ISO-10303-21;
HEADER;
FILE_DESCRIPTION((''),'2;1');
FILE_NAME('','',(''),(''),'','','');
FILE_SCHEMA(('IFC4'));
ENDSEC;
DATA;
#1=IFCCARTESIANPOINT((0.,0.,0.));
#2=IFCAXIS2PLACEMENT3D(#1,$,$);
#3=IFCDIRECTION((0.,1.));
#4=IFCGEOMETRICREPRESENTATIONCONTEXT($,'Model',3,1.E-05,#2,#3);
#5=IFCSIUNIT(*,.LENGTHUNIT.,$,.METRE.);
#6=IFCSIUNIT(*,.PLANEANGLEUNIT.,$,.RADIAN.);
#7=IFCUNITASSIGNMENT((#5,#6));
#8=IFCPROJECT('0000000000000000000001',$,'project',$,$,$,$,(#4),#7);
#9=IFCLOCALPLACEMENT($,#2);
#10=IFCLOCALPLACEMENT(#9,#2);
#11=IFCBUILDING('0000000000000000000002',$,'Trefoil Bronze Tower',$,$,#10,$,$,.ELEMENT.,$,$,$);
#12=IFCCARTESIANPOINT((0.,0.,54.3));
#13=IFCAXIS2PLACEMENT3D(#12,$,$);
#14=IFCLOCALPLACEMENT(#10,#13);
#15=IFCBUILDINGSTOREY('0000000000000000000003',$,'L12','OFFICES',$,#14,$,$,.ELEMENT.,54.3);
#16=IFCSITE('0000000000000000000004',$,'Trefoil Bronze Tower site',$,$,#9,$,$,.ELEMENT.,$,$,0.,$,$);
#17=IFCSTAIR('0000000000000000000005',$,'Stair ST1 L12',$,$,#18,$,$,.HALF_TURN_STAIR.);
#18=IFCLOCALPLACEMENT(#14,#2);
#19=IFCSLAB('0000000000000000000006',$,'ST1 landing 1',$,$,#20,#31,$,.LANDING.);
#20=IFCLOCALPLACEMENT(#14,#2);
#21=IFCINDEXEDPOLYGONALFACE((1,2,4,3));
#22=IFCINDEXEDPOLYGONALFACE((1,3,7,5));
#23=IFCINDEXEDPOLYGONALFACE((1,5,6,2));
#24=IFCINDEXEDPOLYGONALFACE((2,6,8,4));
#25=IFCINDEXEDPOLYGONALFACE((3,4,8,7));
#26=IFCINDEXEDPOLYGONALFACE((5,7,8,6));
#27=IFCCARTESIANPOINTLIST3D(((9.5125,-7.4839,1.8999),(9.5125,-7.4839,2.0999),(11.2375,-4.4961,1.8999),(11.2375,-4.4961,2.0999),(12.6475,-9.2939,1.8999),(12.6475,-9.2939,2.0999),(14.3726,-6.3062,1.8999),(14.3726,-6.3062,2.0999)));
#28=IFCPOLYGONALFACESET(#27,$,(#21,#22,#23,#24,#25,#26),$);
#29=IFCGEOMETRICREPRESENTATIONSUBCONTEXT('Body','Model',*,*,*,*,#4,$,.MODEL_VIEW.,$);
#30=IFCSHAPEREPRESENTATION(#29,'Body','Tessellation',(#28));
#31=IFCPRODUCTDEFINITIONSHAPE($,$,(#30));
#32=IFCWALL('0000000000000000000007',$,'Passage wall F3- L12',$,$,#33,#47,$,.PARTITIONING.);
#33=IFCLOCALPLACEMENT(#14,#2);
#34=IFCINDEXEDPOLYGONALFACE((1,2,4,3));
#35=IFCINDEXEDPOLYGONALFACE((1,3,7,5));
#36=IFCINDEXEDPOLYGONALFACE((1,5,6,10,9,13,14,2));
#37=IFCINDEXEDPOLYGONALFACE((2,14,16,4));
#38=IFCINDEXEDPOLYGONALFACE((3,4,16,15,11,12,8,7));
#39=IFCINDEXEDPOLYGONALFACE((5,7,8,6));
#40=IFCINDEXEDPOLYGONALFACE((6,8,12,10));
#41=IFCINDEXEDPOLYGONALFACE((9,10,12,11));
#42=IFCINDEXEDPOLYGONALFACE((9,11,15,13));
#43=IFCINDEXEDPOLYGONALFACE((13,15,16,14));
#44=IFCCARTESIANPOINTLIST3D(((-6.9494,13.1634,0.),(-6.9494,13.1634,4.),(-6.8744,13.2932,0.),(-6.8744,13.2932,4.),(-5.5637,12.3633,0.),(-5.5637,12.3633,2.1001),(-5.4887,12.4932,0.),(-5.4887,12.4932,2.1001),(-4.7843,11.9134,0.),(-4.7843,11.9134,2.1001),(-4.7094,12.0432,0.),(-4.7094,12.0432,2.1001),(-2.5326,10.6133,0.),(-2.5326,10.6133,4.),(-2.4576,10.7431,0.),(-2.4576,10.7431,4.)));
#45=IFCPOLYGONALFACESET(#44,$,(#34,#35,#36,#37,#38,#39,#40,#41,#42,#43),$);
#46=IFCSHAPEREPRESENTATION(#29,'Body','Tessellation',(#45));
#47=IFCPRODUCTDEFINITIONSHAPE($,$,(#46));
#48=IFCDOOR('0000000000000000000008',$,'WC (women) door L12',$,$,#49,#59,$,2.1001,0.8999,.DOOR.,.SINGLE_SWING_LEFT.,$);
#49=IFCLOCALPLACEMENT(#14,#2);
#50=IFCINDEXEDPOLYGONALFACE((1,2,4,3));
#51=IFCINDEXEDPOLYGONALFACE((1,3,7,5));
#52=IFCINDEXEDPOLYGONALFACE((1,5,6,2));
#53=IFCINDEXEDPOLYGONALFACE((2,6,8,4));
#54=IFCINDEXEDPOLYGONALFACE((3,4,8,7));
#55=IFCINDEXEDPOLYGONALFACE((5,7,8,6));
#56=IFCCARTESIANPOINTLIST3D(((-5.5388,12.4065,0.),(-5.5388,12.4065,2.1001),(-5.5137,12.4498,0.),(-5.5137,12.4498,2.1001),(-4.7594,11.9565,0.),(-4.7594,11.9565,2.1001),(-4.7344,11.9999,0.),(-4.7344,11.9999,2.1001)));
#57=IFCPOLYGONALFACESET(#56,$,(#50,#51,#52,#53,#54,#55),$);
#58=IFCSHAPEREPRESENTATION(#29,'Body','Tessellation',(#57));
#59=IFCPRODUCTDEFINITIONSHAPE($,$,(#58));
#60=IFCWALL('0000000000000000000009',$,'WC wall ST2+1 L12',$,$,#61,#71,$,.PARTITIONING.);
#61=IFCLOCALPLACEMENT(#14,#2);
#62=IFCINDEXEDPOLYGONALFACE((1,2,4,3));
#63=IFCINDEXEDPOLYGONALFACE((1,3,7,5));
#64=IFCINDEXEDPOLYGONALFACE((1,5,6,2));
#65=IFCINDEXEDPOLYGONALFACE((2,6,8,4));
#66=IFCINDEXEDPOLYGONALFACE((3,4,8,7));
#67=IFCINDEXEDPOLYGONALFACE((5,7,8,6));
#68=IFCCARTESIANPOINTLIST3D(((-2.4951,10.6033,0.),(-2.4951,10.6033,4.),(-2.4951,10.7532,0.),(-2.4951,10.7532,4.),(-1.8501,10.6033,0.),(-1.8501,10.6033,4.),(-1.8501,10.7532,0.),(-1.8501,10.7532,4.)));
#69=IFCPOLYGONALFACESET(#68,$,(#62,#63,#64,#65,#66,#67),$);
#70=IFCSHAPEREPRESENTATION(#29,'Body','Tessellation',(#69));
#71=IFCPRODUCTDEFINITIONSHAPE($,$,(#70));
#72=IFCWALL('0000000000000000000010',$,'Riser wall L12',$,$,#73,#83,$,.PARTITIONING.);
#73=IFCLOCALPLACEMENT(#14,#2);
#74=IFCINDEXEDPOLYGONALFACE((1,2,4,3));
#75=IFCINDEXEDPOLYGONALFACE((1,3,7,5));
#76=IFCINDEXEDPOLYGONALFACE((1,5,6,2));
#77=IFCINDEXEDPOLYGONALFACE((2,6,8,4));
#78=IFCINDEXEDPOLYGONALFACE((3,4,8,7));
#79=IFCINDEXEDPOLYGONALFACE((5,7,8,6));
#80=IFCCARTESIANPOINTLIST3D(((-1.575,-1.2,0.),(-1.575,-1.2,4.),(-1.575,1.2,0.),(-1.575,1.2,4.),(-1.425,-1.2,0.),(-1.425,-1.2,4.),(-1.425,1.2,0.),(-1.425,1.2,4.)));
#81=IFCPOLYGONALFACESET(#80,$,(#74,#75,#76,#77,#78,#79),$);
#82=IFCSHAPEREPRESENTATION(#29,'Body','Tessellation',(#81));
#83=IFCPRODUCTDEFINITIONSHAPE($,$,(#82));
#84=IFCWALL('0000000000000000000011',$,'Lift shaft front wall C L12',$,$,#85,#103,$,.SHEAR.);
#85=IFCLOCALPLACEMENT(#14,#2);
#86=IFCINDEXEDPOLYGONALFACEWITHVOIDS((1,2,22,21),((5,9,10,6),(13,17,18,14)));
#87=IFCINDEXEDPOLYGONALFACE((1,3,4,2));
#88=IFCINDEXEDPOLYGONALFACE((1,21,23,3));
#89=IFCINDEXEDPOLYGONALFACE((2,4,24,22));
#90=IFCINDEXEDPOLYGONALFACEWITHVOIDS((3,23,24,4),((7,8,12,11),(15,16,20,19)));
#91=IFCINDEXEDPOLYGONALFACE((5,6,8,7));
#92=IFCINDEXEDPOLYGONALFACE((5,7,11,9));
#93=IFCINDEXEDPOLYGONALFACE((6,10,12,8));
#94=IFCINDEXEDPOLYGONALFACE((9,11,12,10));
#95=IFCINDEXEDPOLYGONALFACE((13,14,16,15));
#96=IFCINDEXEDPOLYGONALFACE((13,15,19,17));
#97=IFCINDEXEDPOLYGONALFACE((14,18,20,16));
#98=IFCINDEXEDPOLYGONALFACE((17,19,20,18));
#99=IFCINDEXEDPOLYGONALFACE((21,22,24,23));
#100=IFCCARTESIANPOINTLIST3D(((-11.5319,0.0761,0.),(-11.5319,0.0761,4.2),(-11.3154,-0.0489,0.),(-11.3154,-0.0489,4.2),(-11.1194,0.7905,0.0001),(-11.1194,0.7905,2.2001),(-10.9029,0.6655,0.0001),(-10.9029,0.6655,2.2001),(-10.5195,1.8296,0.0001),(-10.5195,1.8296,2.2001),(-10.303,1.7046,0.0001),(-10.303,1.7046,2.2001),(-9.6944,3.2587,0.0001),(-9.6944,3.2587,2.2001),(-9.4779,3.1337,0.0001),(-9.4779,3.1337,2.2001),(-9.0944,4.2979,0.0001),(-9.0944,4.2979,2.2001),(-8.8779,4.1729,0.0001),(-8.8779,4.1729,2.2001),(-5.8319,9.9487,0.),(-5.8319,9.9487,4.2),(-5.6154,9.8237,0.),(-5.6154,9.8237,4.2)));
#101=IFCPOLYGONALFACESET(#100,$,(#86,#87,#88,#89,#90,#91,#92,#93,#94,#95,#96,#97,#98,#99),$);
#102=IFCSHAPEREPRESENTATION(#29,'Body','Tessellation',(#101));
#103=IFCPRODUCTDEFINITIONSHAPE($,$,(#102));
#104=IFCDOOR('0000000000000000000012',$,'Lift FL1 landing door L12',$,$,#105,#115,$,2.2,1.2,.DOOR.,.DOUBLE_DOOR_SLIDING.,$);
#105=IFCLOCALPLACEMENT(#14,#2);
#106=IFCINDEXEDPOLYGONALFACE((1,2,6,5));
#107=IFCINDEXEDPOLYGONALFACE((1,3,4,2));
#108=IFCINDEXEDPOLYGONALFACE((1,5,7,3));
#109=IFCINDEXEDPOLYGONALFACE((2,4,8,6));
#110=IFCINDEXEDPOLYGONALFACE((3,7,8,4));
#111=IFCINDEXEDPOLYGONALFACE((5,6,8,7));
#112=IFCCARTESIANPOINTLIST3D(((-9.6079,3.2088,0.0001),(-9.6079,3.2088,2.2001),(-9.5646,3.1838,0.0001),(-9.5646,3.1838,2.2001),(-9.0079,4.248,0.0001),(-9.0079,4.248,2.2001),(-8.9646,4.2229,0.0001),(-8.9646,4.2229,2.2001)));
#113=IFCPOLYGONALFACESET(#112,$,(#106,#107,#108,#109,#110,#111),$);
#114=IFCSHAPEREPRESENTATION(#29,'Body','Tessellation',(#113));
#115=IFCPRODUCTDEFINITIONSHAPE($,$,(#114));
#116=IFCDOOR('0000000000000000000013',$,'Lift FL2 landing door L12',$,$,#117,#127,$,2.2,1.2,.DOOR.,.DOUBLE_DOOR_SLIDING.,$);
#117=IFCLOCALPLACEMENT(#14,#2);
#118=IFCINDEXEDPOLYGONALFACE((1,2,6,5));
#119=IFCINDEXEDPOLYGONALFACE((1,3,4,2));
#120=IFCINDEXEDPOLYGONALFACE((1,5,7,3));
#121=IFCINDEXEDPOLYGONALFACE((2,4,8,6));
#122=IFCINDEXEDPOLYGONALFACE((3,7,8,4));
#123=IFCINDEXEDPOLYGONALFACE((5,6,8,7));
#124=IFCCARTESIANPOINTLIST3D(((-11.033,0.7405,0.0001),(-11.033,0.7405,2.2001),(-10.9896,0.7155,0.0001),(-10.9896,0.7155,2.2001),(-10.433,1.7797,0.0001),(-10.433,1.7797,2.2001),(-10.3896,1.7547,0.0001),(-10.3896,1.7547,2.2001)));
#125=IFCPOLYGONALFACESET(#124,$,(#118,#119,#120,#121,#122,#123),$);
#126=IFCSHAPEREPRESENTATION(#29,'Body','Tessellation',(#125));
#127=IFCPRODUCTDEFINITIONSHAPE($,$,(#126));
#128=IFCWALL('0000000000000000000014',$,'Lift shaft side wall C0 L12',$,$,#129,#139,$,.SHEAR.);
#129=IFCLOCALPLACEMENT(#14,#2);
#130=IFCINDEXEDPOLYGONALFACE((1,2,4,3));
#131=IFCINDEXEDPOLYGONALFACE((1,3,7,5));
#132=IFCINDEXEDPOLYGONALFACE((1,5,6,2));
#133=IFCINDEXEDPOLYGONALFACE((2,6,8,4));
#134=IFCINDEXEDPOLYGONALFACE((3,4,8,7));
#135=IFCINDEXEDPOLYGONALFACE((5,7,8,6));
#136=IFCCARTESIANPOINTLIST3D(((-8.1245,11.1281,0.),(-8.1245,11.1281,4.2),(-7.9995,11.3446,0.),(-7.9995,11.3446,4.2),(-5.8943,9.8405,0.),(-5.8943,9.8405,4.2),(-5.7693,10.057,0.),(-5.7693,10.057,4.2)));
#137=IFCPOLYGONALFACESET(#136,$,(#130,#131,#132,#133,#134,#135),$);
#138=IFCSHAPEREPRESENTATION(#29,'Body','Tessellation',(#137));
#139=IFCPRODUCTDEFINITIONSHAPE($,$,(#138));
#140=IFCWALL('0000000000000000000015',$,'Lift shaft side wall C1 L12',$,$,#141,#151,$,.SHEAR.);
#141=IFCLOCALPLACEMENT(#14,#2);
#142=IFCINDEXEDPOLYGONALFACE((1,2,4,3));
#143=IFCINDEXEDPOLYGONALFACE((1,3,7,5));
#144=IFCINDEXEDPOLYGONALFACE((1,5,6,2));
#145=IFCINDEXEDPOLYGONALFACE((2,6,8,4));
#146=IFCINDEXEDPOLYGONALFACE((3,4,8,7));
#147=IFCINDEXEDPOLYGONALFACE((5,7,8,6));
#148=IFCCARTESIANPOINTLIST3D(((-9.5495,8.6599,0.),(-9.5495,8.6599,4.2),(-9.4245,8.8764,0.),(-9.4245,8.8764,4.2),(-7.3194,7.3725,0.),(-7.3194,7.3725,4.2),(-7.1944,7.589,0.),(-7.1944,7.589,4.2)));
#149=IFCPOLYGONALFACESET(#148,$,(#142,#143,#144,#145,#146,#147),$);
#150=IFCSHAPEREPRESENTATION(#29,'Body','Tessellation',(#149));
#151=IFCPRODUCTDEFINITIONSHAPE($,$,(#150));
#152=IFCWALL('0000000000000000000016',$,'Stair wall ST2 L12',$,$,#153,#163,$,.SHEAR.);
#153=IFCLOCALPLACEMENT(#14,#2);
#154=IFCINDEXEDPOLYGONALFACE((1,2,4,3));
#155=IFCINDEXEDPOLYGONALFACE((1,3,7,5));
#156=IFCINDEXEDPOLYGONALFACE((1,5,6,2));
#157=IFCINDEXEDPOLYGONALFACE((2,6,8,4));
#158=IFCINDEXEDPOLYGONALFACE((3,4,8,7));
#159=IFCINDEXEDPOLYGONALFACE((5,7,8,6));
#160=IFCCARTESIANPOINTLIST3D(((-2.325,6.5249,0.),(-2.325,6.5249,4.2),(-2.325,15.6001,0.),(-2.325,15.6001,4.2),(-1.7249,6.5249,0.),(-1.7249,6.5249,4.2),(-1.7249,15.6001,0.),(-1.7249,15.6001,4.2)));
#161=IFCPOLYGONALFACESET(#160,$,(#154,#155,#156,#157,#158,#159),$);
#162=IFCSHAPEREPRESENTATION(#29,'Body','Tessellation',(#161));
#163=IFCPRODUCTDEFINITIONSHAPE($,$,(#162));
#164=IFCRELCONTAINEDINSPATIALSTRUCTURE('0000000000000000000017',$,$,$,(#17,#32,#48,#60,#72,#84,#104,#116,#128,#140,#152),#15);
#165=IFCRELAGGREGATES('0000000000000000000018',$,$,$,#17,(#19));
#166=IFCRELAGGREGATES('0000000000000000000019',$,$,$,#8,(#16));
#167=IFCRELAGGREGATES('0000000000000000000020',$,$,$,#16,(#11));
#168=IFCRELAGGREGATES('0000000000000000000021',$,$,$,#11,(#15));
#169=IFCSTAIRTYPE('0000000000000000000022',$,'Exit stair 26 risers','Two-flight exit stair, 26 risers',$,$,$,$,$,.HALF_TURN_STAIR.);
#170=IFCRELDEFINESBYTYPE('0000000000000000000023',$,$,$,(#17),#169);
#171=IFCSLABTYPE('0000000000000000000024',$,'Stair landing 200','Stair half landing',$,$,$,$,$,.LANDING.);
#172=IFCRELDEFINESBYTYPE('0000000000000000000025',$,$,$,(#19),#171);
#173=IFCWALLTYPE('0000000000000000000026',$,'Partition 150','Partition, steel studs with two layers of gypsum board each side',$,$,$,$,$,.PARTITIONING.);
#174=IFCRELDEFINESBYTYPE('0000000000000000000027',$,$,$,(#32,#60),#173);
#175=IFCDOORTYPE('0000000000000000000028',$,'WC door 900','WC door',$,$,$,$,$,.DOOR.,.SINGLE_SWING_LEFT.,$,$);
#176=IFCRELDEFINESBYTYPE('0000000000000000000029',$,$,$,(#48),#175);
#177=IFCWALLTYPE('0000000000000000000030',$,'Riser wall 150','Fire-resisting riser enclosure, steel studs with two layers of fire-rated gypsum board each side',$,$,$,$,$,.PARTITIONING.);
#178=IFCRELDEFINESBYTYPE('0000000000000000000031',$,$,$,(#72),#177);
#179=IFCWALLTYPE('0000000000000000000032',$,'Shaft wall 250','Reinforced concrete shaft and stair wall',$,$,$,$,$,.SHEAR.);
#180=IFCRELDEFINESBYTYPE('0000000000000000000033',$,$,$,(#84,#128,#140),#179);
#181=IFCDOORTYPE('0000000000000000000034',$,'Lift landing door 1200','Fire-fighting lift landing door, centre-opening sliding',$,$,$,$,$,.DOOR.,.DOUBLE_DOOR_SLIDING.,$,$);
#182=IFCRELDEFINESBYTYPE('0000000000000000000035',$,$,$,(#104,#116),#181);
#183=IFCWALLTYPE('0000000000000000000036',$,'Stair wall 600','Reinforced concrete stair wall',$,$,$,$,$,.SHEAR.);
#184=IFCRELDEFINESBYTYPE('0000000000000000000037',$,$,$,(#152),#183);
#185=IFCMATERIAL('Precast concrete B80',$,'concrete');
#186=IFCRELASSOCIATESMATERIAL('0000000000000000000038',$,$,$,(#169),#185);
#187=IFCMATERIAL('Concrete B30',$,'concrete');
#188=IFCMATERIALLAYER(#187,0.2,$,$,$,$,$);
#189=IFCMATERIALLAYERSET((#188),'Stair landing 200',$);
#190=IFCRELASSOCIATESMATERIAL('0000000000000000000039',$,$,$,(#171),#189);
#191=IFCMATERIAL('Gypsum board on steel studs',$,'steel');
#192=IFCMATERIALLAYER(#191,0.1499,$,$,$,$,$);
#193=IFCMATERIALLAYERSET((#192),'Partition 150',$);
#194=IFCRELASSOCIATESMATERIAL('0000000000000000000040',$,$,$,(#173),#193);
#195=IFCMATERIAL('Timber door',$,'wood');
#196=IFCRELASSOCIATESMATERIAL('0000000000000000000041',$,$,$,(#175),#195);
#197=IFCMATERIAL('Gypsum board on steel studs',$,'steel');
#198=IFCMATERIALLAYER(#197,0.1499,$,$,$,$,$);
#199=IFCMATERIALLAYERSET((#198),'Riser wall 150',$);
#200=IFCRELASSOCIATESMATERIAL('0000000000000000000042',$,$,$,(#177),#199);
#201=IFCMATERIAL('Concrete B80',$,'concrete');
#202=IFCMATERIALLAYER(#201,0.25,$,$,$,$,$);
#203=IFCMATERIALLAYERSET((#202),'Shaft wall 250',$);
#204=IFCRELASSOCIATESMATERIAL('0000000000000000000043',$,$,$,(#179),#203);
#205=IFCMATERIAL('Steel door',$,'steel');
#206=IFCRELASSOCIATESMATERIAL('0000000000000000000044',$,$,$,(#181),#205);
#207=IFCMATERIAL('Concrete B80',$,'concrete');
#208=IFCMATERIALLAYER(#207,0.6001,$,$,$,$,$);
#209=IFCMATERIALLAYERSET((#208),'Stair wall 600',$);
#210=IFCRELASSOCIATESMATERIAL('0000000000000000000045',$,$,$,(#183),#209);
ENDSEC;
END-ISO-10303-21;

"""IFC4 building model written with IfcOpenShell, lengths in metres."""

from ifc_helpers import new_model, si_unit, direction, frame, frame_2d, origin, place, context, subcontext, project, spatial, polyline, rectangle, outline, extrude, material, layer, layer_set, type_object, element, fill, aggregate, save


model = new_model("IFC4")

# Units and contexts
model_context = context("Model", 3, precision=1e-05, world=origin(), true_north=direction((0.0, 1.0)))
body_context = subcontext(model_context, "Body", "Model", "MODEL_VIEW")
ifc_project = project(units=[si_unit("LENGTHUNIT", "METRE"), si_unit("PLANEANGLEUNIT", "RADIAN")], contexts=[model_context])

# Site, building, storey
site_placement = place(None, origin())
site = spatial("IfcSite", under=ifc_project, at=site_placement, Name="Trefoil Bronze Tower site", CompositionType="ELEMENT", RefElevation=0.0)
building_placement = place(site_placement, origin())
building = spatial("IfcBuilding", under=site, at=building_placement, Name="Trefoil Bronze Tower", CompositionType="ELEMENT")
storey_placement = place(building_placement, frame((0.0, 0.0, 54.3)))
storey = spatial("IfcBuildingStorey", under=building, at=storey_placement, Name="L12", Description="OFFICES", CompositionType="ELEMENT", Elevation=54.3)

# Stair, slab
ifc_material_1 = material(Name="Precast concrete B80", Category="concrete")
stair_type = type_object("IfcStairType", Name="Exit stair 26 risers", Description="Two-flight exit stair, 26 risers", PredefinedType="HALF_TURN_STAIR", material=ifc_material_1)
stair_1_placement = place(storey_placement, origin())
stair_1 = element("IfcStair", 1, at=stair_1_placement, inside=storey, type_object=stair_type, Name="Stair ST1 L12", PredefinedType="HALF_TURN_STAIR")
ifc_material_2 = material(Name="Concrete B30", Category="concrete")
ifc_layer_1 = layer(ifc_material_2, 0.2)
ifc_layer_set_1 = layer_set([ifc_layer_1], Name="Stair landing 200")
slab_type = type_object("IfcSlabType", Name="Stair landing 200", Description="Stair half landing", PredefinedType="LANDING", material=ifc_layer_set_1)
slab_placement = place(storey_placement, frame((0.0, 0.0, 1.8999)))
slab = element("IfcSlab", 2, at=slab_placement, type_object=slab_type, Name="ST1 landing 1", PredefinedType="LANDING", context=body_context, shape_type="SweptSolid", body=[
    extrude(outline(polyline([(9.5125, -7.4839), (12.6475, -9.2939), (14.3726, -6.3062), (11.2375, -4.4961), (9.5125, -7.4839)])), origin(), (0.0, 0.0, 1.0), 0.2),
])
aggregate(stair_1, [slab])

# Wall, opening, door
ifc_material_3 = material(Name="Gypsum board on steel studs", Category="steel")
ifc_layer_2 = layer(ifc_material_3, 0.1499)
ifc_layer_set_2 = layer_set([ifc_layer_2], Name="Partition 150")
wall_type_1 = type_object("IfcWallType", Name="Partition 150", Description="Partition, steel studs with two layers of gypsum board each side", PredefinedType="PARTITIONING", material=ifc_layer_set_2)
wall_1_placement = place(storey_placement, frame((-2.4951, 10.6782, 0.0), z_axis=(0.0, 0.0, 1.0), x_axis=(-0.866022, 0.500006, 0.0)))
wall_1 = element("IfcWall", 3, at=wall_1_placement, inside=storey, type_object=wall_type_1, Name="Passage wall F3- L12", PredefinedType="PARTITIONING", context=body_context, shape_type="SweptSolid", body=[
    extrude(rectangle(XDim=5.1001, YDim=0.1499, at=frame_2d((2.55, 0.0))), origin(), (0.0, 0.0, 1.0), 4.0),
])
opening_1_placement = place(wall_1_placement, frame((2.6001, 0.0, 0.0)))
opening_1 = element("IfcOpeningElement", 4, at=opening_1_placement, cuts=wall_1, PredefinedType="OPENING", context=body_context, shape_type="SweptSolid", body=[
    extrude(rectangle(XDim=0.8999, YDim=2.1001, at=frame_2d((0.45, 1.05))), frame((0.0, 0.085, 0.0), z_axis=(0.0, -1.0, 0.0), x_axis=(1.0, 0.0, 0.0)), (0.0, 0.0, 1.0), 0.1699),
])
ifc_material_4 = material(Name="Timber door", Category="wood")
door_type_1 = type_object("IfcDoorType", Name="WC door 900", Description="WC door", OperationType="SINGLE_SWING_LEFT", PredefinedType="DOOR", material=ifc_material_4)
door_1_placement = place(opening_1_placement, frame((0.8999, 0.0, 0.0), z_axis=(0.0, 0.0, 1.0), x_axis=(-1.0, 0.0, 0.0)))
door_1 = element("IfcDoor", 5, at=door_1_placement, inside=storey, type_object=door_type_1, Name="WC (women) door L12", OperationType="SINGLE_SWING_LEFT", OverallHeight=2.1001, OverallWidth=0.8999, PredefinedType="DOOR", context=body_context, shape_type="SweptSolid", body=[
    extrude(rectangle(XDim=0.8999, YDim=2.1001, at=frame_2d((0.45, 1.05))), frame((0.0, 0.0249, 0.0), z_axis=(0.0, -1.0, 0.0), x_axis=(1.0, 0.0, 0.0)), (0.0, 0.0, 1.0), 0.05),
])
fill(opening_1, door_1)

# Walls
wall_2_placement = place(storey_placement, frame((-2.4951, 10.6782, 0.0), z_axis=(0.0, 0.0, 1.0), x_axis=(1.0, 0.0, 0.0)))
element("IfcWall", 6, at=wall_2_placement, inside=storey, type_object=wall_type_1, Name="WC wall ST2+1 L12", PredefinedType="PARTITIONING", context=body_context, shape_type="SweptSolid", body=[
    extrude(rectangle(XDim=0.645, YDim=0.1499, at=frame_2d((0.3225, 0.0))), origin(), (0.0, 0.0, 1.0), 4.0),
])
ifc_material_5 = material(Name="Gypsum board on steel studs", Category="steel")
ifc_layer_3 = layer(ifc_material_5, 0.1499)
ifc_layer_set_3 = layer_set([ifc_layer_3], Name="Riser wall 150")
wall_type_2 = type_object("IfcWallType", Name="Riser wall 150", Description="Fire-resisting riser enclosure, steel studs with two layers of fire-rated gypsum board each side", PredefinedType="PARTITIONING", material=ifc_layer_set_3)
wall_3_placement = place(storey_placement, frame((-1.5, 1.2, 0.0), z_axis=(0.0, 0.0, 1.0), x_axis=(0.0, -1.0, 0.0)))
element("IfcWall", 7, at=wall_3_placement, inside=storey, type_object=wall_type_2, Name="Riser wall L12", PredefinedType="PARTITIONING", context=body_context, shape_type="SweptSolid", body=[
    extrude(rectangle(XDim=2.3999, YDim=0.1499, at=frame_2d((1.2, 0.0))), origin(), (0.0, 0.0, 1.0), 4.0),
])

# Wall, openings, doors
ifc_material_6 = material(Name="Concrete B80", Category="concrete")
ifc_layer_4 = layer(ifc_material_6, 0.25)
ifc_layer_set_4 = layer_set([ifc_layer_4], Name="Shaft wall 250")
wall_type_3 = type_object("IfcWallType", Name="Shaft wall 250", Description="Reinforced concrete shaft and stair wall", PredefinedType="SHEAR", material=ifc_layer_set_4)
wall_4_placement = place(storey_placement, frame((-5.7236, 9.8862, 0.0), z_axis=(0.0, 0.0, 1.0), x_axis=(-0.500002, -0.866024, 0.0)))
wall_4 = element("IfcWall", 8, at=wall_4_placement, inside=storey, type_object=wall_type_3, Name="Lift shaft front wall C L12", PredefinedType="SHEAR", context=body_context, shape_type="SweptSolid", body=[
    extrude(rectangle(XDim=11.3999, YDim=0.25, at=frame_2d((5.7, 0.0))), origin(), (0.0, 0.0, 1.0), 4.2),
])
opening_2_placement = place(wall_4_placement, frame((6.5249, 0.0, 0.0)))
opening_2 = element("IfcOpeningElement", 9, at=opening_2_placement, cuts=wall_4, PredefinedType="OPENING", context=body_context, shape_type="SweptSolid", body=[
    extrude(rectangle(XDim=1.2, YDim=2.2, at=frame_2d((0.6001, 1.1001))), frame((0.0, 0.135, 0.0), z_axis=(0.0, -1.0, 0.0), x_axis=(1.0, 0.0, 0.0)), (0.0, 0.0, 1.0), 0.27),
])
opening_3_placement = place(wall_4_placement, frame((9.375, 0.0, 0.0)))
opening_3 = element("IfcOpeningElement", 10, at=opening_3_placement, cuts=wall_4, PredefinedType="OPENING", context=body_context, shape_type="SweptSolid", body=[
    extrude(rectangle(XDim=1.2, YDim=2.2, at=frame_2d((0.6001, 1.1001))), frame((0.0, 0.135, 0.0), z_axis=(0.0, -1.0, 0.0), x_axis=(1.0, 0.0, 0.0)), (0.0, 0.0, 1.0), 0.27),
])
ifc_material_7 = material(Name="Steel door", Category="steel")
door_type_2 = type_object("IfcDoorType", Name="Lift landing door 1200", Description="Fire-fighting lift landing door, centre-opening sliding", OperationType="DOUBLE_DOOR_SLIDING", PredefinedType="DOOR", material=ifc_material_7)
door_2_placement = place(opening_2_placement, origin())
door_2 = element("IfcDoor", 11, at=door_2_placement, inside=storey, type_object=door_type_2, Name="Lift FL1 landing door L12", OperationType="DOUBLE_DOOR_SLIDING", OverallHeight=2.2, OverallWidth=1.2, PredefinedType="DOOR", context=body_context, shape_type="SweptSolid", body=[
    extrude(rectangle(XDim=1.2, YDim=2.2, at=frame_2d((0.6001, 1.1001))), frame((0.0, 0.0249, 0.0), z_axis=(0.0, -1.0, 0.0), x_axis=(1.0, 0.0, 0.0)), (0.0, 0.0, 1.0), 0.05),
])
fill(opening_2, door_2)
door_3_placement = place(opening_3_placement, origin())
door_3 = element("IfcDoor", 12, at=door_3_placement, inside=storey, type_object=door_type_2, Name="Lift FL2 landing door L12", OperationType="DOUBLE_DOOR_SLIDING", OverallHeight=2.2, OverallWidth=1.2, PredefinedType="DOOR", context=body_context, shape_type="SweptSolid", body=[
    extrude(rectangle(XDim=1.2, YDim=2.2, at=frame_2d((0.6001, 1.1001))), frame((0.0, 0.0249, 0.0), z_axis=(0.0, -1.0, 0.0), x_axis=(1.0, 0.0, 0.0)), (0.0, 0.0, 1.0), 0.05),
])
fill(opening_3, door_3)

# Walls
wall_5_placement = place(storey_placement, frame((-5.8318, 9.9487, 0.0), z_axis=(0.0, 0.0, 1.0), x_axis=(-0.866029, 0.499993, 0.0)))
element("IfcWall", 13, at=wall_5_placement, inside=storey, type_object=wall_type_3, Name="Lift shaft side wall C0 L12", PredefinedType="SHEAR", context=body_context, shape_type="SweptSolid", body=[
    extrude(rectangle(XDim=2.5752, YDim=0.25, at=frame_2d((1.2876, 0.0))), origin(), (0.0, 0.0, 1.0), 4.2),
])
wall_6_placement = place(storey_placement, frame((-7.2568, 7.4807, 0.0), z_axis=(0.0, 0.0, 1.0), x_axis=(-0.866047, 0.499963, 0.0)))
element("IfcWall", 14, at=wall_6_placement, inside=storey, type_object=wall_type_3, Name="Lift shaft side wall C1 L12", PredefinedType="SHEAR", context=body_context, shape_type="SweptSolid", body=[
    extrude(rectangle(XDim=2.575, YDim=0.25, at=frame_2d((1.2876, 0.0))), origin(), (0.0, 0.0, 1.0), 4.2),
])
ifc_material_8 = material(Name="Concrete B80", Category="concrete")
ifc_layer_5 = layer(ifc_material_8, 0.6001)
ifc_layer_set_5 = layer_set([ifc_layer_5], Name="Stair wall 600")
wall_type_4 = type_object("IfcWallType", Name="Stair wall 600", Description="Reinforced concrete stair wall", PredefinedType="SHEAR", material=ifc_layer_set_5)
wall_7_placement = place(storey_placement, frame((-2.0249, 6.5249, 0.0), z_axis=(0.0, 0.0, 1.0), x_axis=(0.0, 1.0, 0.0)))
element("IfcWall", 15, at=wall_7_placement, inside=storey, type_object=wall_type_4, Name="Stair wall ST2 L12", PredefinedType="SHEAR", context=body_context, shape_type="SweptSolid", body=[
    extrude(rectangle(XDim=9.0752, YDim=0.6001, at=frame_2d((4.5376, 0.0))), origin(), (0.0, 0.0, 1.0), 4.2),
])

save(model, "model.ifc")
